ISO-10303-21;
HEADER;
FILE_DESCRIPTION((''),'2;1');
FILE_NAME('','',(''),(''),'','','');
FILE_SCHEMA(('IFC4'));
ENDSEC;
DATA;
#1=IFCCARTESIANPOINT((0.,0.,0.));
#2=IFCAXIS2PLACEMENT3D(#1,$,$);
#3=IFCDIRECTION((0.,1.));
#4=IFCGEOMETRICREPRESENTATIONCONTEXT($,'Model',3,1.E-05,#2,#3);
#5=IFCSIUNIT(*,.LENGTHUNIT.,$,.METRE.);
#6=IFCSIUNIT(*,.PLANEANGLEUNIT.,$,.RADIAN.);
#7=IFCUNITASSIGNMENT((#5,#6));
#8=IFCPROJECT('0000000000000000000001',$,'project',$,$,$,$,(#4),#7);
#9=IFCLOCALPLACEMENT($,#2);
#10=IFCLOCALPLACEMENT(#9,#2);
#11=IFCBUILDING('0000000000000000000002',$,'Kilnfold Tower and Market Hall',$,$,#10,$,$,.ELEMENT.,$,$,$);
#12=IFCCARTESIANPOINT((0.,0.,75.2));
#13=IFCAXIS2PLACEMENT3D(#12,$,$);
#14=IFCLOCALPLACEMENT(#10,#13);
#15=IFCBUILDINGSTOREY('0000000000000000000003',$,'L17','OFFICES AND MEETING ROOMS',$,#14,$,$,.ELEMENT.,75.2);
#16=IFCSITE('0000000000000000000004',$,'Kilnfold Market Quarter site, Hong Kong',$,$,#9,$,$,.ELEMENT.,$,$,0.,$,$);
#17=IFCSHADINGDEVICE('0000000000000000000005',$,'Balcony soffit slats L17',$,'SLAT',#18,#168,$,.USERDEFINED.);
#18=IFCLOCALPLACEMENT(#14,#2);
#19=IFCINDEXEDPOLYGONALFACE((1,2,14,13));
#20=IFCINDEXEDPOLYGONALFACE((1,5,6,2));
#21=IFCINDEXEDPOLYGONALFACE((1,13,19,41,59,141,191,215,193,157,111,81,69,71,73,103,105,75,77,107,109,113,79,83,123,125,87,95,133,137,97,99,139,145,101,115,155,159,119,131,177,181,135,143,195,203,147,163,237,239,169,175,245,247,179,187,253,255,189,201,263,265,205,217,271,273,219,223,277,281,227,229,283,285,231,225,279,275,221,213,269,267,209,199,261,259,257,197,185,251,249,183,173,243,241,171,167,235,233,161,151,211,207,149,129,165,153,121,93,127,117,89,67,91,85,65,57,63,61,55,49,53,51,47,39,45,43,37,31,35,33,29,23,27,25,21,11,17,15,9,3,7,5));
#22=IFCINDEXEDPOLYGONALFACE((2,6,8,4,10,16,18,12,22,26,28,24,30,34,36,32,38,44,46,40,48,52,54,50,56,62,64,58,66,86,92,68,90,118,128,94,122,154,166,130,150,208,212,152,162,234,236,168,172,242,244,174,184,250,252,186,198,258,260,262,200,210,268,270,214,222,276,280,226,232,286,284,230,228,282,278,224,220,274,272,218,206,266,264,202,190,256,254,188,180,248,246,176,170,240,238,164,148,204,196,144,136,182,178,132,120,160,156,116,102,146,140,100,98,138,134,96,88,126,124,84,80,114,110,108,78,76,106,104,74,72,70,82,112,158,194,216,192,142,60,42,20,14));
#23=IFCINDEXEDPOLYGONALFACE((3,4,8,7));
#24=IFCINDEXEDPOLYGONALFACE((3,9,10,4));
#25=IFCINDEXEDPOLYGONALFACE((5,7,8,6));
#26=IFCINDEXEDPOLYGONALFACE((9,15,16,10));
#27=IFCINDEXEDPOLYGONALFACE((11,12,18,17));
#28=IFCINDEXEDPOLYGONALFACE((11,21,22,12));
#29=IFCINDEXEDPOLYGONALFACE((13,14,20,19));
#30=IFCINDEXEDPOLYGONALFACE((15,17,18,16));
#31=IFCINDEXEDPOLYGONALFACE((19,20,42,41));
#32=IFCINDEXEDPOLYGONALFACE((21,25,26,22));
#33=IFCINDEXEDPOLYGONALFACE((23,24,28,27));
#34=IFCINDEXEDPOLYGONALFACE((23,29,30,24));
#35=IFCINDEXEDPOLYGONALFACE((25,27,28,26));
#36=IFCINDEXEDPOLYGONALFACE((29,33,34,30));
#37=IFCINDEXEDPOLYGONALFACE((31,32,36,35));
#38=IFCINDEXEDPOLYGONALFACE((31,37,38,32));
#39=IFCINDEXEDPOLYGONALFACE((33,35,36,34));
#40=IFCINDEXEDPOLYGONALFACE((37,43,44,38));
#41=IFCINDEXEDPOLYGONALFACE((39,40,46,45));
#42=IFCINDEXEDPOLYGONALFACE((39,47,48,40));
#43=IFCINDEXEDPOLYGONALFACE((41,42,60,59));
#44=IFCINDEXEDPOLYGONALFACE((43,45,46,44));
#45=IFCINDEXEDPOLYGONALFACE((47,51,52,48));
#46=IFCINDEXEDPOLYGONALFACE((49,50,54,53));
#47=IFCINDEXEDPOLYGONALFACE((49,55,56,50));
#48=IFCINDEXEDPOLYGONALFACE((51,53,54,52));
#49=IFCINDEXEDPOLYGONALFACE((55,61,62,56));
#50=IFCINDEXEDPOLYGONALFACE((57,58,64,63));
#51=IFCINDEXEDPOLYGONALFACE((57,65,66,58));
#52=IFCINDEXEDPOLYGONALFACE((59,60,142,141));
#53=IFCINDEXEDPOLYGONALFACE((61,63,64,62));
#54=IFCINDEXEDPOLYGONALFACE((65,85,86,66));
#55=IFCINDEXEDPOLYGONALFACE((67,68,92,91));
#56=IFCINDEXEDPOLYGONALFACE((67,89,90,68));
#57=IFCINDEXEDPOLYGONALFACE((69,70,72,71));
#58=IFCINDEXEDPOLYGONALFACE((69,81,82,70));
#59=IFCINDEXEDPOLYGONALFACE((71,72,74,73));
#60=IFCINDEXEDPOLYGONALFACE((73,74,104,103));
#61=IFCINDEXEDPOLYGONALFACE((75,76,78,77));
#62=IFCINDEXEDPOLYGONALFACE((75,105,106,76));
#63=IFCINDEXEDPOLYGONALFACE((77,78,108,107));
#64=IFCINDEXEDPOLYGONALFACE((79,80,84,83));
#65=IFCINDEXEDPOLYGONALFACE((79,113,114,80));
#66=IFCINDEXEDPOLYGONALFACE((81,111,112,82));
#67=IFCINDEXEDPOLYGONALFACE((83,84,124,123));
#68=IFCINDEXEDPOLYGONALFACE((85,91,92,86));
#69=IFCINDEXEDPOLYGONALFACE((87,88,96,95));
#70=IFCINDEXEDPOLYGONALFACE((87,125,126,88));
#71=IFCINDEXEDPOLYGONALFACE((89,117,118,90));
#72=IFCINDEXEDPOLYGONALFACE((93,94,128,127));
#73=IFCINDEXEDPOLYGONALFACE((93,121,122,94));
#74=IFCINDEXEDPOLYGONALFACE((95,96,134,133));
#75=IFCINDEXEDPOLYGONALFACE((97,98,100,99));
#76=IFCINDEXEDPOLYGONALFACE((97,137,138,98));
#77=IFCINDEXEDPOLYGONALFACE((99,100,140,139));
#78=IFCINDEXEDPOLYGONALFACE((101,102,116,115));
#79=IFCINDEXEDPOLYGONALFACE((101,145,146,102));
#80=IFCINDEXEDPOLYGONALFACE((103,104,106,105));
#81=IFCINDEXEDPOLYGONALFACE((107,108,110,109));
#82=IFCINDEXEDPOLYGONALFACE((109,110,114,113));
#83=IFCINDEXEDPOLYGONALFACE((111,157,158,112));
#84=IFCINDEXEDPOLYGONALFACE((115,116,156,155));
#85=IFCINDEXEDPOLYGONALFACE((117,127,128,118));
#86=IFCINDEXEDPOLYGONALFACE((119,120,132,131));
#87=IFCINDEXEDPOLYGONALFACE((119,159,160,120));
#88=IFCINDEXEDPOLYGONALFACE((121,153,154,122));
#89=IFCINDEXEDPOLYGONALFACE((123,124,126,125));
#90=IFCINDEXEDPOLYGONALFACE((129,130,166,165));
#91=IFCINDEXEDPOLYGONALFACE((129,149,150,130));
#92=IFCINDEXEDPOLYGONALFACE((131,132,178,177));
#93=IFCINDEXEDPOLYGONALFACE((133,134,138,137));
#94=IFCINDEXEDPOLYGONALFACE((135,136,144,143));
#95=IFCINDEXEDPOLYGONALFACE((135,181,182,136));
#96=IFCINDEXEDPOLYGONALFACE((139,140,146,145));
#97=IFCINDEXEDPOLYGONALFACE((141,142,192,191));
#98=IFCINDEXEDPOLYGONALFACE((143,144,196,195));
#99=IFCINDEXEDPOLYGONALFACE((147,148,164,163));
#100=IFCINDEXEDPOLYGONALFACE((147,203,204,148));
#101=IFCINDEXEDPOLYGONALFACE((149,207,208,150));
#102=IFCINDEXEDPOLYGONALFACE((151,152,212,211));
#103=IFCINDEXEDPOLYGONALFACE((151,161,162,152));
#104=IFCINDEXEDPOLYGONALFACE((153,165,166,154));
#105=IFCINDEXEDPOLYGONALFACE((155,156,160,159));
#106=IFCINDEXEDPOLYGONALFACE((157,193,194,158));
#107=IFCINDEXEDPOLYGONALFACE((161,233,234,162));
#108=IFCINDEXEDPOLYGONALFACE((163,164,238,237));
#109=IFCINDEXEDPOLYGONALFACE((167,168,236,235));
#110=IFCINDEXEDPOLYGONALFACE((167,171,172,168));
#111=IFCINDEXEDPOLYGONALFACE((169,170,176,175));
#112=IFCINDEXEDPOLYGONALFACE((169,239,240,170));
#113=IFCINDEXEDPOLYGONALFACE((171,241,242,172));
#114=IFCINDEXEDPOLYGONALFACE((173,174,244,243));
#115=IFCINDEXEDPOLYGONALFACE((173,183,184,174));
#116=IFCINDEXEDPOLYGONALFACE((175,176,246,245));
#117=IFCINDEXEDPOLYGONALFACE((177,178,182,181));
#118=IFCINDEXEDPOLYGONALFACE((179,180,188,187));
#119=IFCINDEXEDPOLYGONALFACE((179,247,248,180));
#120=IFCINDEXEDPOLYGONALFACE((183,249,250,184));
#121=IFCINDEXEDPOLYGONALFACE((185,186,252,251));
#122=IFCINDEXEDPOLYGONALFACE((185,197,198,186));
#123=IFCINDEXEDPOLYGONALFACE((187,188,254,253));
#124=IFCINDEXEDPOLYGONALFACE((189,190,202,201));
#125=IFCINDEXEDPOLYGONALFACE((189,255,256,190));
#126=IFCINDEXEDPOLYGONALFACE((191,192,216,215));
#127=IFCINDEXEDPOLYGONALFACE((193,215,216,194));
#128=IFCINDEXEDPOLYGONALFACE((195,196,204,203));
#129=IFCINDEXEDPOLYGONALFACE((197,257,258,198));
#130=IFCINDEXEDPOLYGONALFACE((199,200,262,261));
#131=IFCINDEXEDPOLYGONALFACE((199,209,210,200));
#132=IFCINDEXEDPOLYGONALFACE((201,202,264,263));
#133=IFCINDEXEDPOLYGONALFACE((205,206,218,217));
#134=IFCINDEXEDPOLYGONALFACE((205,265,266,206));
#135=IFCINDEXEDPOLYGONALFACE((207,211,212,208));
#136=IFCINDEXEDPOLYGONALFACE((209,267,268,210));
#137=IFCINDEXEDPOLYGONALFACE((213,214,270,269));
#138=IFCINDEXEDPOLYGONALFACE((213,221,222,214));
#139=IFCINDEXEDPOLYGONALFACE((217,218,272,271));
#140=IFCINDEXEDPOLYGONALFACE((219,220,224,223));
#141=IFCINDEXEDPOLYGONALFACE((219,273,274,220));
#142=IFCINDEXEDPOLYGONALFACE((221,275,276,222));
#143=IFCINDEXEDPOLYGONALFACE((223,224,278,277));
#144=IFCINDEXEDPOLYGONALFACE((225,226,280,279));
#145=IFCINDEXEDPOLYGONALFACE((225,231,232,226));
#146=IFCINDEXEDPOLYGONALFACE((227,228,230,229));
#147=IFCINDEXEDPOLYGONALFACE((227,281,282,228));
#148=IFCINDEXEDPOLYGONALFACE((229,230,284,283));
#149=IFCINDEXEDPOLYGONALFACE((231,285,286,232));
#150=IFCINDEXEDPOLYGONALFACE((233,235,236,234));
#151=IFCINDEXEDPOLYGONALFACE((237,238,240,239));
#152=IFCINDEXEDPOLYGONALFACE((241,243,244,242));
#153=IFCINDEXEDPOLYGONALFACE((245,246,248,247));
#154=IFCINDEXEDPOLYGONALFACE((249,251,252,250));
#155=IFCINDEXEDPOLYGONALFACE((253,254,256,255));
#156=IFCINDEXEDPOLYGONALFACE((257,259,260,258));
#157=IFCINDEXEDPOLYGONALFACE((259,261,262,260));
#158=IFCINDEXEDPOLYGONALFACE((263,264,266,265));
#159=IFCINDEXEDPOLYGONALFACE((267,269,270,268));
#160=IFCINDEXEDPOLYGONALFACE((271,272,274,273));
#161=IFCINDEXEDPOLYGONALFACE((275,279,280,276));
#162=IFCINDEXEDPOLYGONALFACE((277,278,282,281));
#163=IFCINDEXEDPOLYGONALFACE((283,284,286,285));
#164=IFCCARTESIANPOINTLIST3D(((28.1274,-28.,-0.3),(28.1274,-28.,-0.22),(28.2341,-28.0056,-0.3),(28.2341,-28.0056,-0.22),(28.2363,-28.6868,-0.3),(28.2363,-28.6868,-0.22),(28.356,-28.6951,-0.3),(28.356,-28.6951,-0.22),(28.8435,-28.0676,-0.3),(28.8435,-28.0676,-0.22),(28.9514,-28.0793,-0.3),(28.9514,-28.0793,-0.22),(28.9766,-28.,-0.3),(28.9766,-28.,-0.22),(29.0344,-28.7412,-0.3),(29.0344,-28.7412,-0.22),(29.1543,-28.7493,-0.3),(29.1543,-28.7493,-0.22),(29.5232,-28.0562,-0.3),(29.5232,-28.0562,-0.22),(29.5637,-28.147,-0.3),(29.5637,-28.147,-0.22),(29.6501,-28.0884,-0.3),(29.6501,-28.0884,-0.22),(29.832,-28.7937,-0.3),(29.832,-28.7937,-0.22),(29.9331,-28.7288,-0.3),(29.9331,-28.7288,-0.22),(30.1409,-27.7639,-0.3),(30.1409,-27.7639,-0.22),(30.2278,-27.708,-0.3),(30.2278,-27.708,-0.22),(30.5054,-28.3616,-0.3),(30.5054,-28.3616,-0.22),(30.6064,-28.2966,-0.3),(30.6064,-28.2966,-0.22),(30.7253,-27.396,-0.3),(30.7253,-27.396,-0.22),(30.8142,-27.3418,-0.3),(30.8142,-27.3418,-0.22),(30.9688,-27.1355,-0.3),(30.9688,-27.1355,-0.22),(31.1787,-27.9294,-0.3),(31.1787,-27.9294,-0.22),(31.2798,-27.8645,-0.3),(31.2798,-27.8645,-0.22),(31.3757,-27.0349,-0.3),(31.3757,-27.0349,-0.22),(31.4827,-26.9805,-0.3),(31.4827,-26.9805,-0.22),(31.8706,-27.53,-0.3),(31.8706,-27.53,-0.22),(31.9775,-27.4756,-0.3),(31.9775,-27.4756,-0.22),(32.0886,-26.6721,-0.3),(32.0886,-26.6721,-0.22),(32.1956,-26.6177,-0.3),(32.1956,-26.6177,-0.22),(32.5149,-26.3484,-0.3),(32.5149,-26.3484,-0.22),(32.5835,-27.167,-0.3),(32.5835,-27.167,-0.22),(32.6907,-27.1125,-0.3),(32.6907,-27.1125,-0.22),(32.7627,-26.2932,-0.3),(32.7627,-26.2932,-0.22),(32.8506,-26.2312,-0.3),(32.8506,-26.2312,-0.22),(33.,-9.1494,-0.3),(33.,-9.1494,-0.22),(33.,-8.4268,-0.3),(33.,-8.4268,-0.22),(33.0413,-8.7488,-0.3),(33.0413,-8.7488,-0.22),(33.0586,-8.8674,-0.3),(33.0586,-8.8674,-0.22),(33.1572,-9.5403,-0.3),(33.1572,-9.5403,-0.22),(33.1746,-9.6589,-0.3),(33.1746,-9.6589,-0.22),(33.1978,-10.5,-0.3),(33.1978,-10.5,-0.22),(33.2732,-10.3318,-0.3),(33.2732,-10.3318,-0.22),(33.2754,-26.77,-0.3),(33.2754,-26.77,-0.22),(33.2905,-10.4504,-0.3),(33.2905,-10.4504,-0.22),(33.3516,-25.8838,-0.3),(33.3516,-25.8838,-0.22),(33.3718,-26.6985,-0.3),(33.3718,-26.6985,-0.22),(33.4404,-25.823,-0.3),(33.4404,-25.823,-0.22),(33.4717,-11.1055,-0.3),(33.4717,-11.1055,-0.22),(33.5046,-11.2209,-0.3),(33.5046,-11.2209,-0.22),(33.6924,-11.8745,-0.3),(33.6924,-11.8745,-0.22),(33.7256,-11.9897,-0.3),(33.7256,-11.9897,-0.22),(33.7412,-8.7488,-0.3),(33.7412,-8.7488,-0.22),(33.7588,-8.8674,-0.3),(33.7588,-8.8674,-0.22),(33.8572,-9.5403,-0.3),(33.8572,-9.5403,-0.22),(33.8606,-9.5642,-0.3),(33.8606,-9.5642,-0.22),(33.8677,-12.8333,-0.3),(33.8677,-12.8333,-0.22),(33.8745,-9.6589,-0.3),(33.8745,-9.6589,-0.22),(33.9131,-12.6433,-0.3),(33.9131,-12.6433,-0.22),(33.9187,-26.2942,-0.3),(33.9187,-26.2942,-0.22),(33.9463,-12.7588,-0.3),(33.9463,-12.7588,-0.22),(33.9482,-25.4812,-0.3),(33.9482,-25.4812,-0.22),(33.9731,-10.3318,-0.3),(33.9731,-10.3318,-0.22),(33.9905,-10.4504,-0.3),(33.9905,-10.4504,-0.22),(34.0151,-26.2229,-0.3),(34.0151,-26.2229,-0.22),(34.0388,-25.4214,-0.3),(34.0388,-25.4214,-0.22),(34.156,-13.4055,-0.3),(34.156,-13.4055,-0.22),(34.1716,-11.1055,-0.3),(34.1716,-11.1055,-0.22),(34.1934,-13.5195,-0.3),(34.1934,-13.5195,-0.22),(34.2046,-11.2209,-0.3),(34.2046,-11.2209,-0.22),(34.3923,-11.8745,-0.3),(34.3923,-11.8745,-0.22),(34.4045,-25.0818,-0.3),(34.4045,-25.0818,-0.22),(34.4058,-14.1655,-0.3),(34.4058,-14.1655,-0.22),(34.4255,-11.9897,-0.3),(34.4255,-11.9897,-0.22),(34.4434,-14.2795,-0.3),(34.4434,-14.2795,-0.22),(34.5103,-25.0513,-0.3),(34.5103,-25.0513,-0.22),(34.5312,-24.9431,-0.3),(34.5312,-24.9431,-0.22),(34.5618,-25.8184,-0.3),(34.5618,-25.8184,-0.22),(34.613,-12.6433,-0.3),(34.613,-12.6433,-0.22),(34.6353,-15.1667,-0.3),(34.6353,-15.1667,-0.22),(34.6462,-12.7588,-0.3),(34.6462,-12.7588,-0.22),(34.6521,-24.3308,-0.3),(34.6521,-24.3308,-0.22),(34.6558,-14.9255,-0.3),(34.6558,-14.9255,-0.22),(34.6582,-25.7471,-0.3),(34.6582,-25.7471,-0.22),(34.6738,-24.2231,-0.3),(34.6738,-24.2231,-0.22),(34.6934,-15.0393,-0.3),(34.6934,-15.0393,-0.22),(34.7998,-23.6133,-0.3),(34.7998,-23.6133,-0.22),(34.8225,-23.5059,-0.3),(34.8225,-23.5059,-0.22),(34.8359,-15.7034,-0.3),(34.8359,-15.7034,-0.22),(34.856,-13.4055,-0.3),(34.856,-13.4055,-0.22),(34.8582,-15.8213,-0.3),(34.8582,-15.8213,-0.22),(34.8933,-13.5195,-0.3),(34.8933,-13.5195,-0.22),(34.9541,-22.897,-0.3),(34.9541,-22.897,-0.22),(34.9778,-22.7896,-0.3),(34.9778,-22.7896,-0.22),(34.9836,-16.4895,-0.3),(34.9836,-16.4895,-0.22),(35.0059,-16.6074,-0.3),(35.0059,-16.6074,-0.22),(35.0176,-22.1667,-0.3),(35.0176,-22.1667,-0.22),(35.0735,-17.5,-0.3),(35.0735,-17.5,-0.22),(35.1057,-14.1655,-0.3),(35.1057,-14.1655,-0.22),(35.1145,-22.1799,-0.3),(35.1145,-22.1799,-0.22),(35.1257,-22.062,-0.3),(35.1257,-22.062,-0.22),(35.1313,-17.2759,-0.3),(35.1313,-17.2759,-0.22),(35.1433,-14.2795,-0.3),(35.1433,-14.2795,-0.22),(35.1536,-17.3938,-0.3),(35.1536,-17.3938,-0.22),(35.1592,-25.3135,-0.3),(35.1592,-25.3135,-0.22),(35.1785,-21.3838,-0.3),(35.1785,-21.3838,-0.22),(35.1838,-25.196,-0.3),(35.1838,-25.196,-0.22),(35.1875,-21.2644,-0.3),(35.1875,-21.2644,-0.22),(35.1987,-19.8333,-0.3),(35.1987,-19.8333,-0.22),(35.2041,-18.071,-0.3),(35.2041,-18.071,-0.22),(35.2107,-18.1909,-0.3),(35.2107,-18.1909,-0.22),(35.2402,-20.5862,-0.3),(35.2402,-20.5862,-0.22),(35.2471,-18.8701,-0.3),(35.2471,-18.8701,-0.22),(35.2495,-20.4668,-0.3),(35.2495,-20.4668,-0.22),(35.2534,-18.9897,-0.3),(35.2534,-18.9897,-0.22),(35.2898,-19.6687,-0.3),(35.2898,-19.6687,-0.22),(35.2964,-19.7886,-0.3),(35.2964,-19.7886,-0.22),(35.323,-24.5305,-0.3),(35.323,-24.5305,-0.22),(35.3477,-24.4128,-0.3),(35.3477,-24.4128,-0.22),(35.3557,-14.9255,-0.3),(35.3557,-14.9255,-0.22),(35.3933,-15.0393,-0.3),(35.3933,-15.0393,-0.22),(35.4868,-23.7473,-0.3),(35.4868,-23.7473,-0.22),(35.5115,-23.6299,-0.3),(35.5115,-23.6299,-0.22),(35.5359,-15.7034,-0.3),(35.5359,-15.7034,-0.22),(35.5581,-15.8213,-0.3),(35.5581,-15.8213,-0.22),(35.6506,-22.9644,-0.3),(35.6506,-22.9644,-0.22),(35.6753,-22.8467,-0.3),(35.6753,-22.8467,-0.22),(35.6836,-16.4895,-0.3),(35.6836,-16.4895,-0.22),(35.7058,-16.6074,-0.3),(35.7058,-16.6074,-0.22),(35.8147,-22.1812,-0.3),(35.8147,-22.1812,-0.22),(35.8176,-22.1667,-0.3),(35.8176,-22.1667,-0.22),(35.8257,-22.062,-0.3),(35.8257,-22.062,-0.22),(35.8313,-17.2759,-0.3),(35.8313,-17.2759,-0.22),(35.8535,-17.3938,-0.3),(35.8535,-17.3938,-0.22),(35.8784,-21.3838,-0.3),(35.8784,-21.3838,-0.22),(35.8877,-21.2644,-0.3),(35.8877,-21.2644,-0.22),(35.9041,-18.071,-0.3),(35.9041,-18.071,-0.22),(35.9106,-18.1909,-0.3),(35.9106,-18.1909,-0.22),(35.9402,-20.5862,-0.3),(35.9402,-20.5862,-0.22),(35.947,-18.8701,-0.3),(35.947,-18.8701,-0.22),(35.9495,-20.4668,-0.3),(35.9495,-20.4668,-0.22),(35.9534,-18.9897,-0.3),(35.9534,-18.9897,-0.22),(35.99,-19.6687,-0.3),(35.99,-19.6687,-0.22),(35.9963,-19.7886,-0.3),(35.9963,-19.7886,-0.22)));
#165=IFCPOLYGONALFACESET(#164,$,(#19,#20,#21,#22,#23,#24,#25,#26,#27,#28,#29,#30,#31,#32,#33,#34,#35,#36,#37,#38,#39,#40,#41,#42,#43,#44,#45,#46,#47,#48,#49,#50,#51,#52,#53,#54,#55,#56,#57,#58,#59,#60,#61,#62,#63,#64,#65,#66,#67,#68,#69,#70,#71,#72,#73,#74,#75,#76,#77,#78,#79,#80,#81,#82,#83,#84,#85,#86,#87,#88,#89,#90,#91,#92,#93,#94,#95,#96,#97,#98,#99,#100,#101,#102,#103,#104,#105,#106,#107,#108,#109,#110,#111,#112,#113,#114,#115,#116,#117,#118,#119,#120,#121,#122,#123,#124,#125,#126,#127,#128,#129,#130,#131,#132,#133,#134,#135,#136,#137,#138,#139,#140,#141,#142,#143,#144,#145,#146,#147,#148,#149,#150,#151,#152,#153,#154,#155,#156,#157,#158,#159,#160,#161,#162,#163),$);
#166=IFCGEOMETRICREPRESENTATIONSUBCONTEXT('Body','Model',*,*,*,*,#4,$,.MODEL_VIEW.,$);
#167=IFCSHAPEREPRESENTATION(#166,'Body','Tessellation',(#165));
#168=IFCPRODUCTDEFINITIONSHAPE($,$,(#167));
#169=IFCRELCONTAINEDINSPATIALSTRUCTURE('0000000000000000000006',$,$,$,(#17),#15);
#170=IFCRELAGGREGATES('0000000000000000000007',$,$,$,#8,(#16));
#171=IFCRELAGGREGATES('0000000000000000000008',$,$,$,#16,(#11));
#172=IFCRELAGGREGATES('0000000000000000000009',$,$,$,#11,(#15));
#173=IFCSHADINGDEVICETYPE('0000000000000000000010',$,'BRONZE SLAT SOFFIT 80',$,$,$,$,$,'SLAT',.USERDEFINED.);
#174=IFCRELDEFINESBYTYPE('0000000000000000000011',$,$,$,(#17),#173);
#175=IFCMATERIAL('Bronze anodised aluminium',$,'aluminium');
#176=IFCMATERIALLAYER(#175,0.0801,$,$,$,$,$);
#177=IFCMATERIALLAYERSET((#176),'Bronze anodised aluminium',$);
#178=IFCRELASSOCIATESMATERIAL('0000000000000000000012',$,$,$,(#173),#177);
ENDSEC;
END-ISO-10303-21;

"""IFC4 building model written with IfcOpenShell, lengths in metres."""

from ifc_helpers import new_model, si_unit, direction, frame, origin, place, context, subcontext, project, spatial, polyline, outline, extrude, source, transform, mapped, material, layer, layer_set, type_object, element, save


model = new_model("IFC4")

# Units and contexts
model_context = context("Model", 3, precision=1e-05, world=origin(), true_north=direction((0.0, 1.0)))
body_context = subcontext(model_context, "Body", "Model", "MODEL_VIEW")
ifc_project = project(units=[si_unit("LENGTHUNIT", "METRE"), si_unit("PLANEANGLEUNIT", "RADIAN")], contexts=[model_context])

# Site, building, storey
site_placement = place(None, origin())
site = spatial("IfcSite", under=ifc_project, at=site_placement, Name="Kilnfold Market Quarter site, Hong Kong", CompositionType="ELEMENT", RefElevation=0.0)
building_placement = place(site_placement, origin())
building = spatial("IfcBuilding", under=site, at=building_placement, Name="Kilnfold Tower and Market Hall", CompositionType="ELEMENT")
storey_placement = place(building_placement, frame((0.0, 0.0, 75.2)))
storey = spatial("IfcBuildingStorey", under=building, at=storey_placement, Name="L17", Description="OFFICES AND MEETING ROOMS", CompositionType="ELEMENT", Elevation=75.2)

# Shading device
ifc_material_1 = material(Name="Bronze anodised aluminium", Category="aluminium")
ifc_layer_1 = layer(ifc_material_1, 0.0801)
ifc_layer_set_1 = layer_set([ifc_layer_1], Name="Bronze anodised aluminium")
shading_device_type_1 = type_object("IfcShadingDeviceType", Name="BRONZE SLAT SOFFIT 80", ElementType="SLAT", PredefinedType="USERDEFINED", material=ifc_layer_set_1)
shared_shape_1 = source(origin(), body_context, "Body", "SweptSolid", [
    extrude(outline(polyline([(29.5232, -28.0562), (30.9688, -27.1355), (32.5149, -26.3484), (34.4045, -25.0818), (35.0176, -22.1667), (35.1987, -19.8333), (35.0735, -17.5), (34.6353, -15.1667), (33.8677, -12.8333), (33.1978, -10.5), (33.0, -9.1494), (33.0, -8.4268), (33.0413, -8.7488), (33.7412, -8.7488), (33.7588, -8.8674), (33.0586, -8.8674), (33.1572, -9.5403), (33.8572, -9.5403), (33.8606, -9.5642), (33.8745, -9.6589), (33.1746, -9.6589), (33.2732, -10.3318), (33.9731, -10.3318), (33.9905, -10.4504), (33.2905, -10.4504), (33.4717, -11.1055), (34.1716, -11.1055), (34.2046, -11.2209), (33.5046, -11.2209), (33.6924, -11.8745), (34.3923, -11.8745), (34.4255, -11.9897), (33.7256, -11.9897), (33.9131, -12.6433), (34.613, -12.6433), (34.6462, -12.7588), (33.9463, -12.7588), (34.156, -13.4055), (34.856, -13.4055), (34.8933, -13.5195), (34.1934, -13.5195), (34.4058, -14.1655), (35.1057, -14.1655), (35.1433, -14.2795), (34.4434, -14.2795), (34.6558, -14.9255), (35.3557, -14.9255), (35.3933, -15.0393), (34.6934, -15.0393), (34.8359, -15.7034), (35.5359, -15.7034), (35.5581, -15.8213), (34.8582, -15.8213), (34.9836, -16.4895), (35.6836, -16.4895), (35.7058, -16.6074), (35.0059, -16.6074), (35.1313, -17.2759), (35.8313, -17.2759), (35.8535, -17.3938), (35.1536, -17.3938), (35.2041, -18.071), (35.9041, -18.071), (35.9106, -18.1909), (35.2107, -18.1909), (35.2471, -18.8701), (35.947, -18.8701), (35.9534, -18.9897), (35.2534, -18.9897), (35.2898, -19.6687), (35.99, -19.6687), (35.9963, -19.7886), (35.2964, -19.7886), (35.2495, -20.4668), (35.9495, -20.4668), (35.9402, -20.5862), (35.2402, -20.5862), (35.1875, -21.2644), (35.8877, -21.2644), (35.8784, -21.3838), (35.1785, -21.3838), (35.1257, -22.062), (35.8257, -22.062), (35.8176, -22.1667), (35.8147, -22.1812), (35.1145, -22.1799), (34.9778, -22.7896), (35.6753, -22.8467), (35.6506, -22.9644), (34.9541, -22.897), (34.8225, -23.5059), (35.5115, -23.6299), (35.4868, -23.7473), (34.7998, -23.6133), (34.6738, -24.2231), (35.3477, -24.4128), (35.323, -24.5305), (34.6521, -24.3308), (34.5312, -24.9431), (35.1838, -25.196), (35.1592, -25.3135), (34.5103, -25.0513), (34.0388, -25.4214), (34.6582, -25.7471), (34.5618, -25.8184), (33.9482, -25.4812), (33.4404, -25.823), (34.0151, -26.2229), (33.9187, -26.2942), (33.3516, -25.8838), (32.8506, -26.2312), (33.3718, -26.6985), (33.2754, -26.77), (32.7627, -26.2932), (32.1956, -26.6177), (32.6907, -27.1125), (32.5835, -27.167), (32.0886, -26.6721), (31.4827, -26.9805), (31.9775, -27.4756), (31.8706, -27.53), (31.3757, -27.0349), (30.8142, -27.3418), (31.2798, -27.8645), (31.1787, -27.9294), (30.7253, -27.396), (30.2278, -27.708), (30.6064, -28.2966), (30.5054, -28.3616), (30.1409, -27.7639), (29.6501, -28.0884), (29.9331, -28.7288), (29.832, -28.7937), (29.5637, -28.147), (28.9514, -28.0793), (29.1543, -28.7493), (29.0344, -28.7412), (28.8435, -28.0676), (28.2341, -28.0056), (28.356, -28.6951), (28.2363, -28.6868), (28.1274, -28.0), (28.9766, -28.0), (29.5232, -28.0562)])), origin(), (0.0, 0.0, 1.0), 0.0801),
])
shading_device_1_placement = place(storey_placement, frame((0.0, 0.0, -0.3)))
element("IfcShadingDevice", 1, at=shading_device_1_placement, inside=storey, type_object=shading_device_type_1, Name="Balcony soffit slats L17", ObjectType="SLAT", PredefinedType="USERDEFINED", context=body_context, shape_type="MappedRepresentation", body=[
    mapped(shared_shape_1, transform((0.0, 0.0, 0.0))),
])

save(model, "model.ifc")
